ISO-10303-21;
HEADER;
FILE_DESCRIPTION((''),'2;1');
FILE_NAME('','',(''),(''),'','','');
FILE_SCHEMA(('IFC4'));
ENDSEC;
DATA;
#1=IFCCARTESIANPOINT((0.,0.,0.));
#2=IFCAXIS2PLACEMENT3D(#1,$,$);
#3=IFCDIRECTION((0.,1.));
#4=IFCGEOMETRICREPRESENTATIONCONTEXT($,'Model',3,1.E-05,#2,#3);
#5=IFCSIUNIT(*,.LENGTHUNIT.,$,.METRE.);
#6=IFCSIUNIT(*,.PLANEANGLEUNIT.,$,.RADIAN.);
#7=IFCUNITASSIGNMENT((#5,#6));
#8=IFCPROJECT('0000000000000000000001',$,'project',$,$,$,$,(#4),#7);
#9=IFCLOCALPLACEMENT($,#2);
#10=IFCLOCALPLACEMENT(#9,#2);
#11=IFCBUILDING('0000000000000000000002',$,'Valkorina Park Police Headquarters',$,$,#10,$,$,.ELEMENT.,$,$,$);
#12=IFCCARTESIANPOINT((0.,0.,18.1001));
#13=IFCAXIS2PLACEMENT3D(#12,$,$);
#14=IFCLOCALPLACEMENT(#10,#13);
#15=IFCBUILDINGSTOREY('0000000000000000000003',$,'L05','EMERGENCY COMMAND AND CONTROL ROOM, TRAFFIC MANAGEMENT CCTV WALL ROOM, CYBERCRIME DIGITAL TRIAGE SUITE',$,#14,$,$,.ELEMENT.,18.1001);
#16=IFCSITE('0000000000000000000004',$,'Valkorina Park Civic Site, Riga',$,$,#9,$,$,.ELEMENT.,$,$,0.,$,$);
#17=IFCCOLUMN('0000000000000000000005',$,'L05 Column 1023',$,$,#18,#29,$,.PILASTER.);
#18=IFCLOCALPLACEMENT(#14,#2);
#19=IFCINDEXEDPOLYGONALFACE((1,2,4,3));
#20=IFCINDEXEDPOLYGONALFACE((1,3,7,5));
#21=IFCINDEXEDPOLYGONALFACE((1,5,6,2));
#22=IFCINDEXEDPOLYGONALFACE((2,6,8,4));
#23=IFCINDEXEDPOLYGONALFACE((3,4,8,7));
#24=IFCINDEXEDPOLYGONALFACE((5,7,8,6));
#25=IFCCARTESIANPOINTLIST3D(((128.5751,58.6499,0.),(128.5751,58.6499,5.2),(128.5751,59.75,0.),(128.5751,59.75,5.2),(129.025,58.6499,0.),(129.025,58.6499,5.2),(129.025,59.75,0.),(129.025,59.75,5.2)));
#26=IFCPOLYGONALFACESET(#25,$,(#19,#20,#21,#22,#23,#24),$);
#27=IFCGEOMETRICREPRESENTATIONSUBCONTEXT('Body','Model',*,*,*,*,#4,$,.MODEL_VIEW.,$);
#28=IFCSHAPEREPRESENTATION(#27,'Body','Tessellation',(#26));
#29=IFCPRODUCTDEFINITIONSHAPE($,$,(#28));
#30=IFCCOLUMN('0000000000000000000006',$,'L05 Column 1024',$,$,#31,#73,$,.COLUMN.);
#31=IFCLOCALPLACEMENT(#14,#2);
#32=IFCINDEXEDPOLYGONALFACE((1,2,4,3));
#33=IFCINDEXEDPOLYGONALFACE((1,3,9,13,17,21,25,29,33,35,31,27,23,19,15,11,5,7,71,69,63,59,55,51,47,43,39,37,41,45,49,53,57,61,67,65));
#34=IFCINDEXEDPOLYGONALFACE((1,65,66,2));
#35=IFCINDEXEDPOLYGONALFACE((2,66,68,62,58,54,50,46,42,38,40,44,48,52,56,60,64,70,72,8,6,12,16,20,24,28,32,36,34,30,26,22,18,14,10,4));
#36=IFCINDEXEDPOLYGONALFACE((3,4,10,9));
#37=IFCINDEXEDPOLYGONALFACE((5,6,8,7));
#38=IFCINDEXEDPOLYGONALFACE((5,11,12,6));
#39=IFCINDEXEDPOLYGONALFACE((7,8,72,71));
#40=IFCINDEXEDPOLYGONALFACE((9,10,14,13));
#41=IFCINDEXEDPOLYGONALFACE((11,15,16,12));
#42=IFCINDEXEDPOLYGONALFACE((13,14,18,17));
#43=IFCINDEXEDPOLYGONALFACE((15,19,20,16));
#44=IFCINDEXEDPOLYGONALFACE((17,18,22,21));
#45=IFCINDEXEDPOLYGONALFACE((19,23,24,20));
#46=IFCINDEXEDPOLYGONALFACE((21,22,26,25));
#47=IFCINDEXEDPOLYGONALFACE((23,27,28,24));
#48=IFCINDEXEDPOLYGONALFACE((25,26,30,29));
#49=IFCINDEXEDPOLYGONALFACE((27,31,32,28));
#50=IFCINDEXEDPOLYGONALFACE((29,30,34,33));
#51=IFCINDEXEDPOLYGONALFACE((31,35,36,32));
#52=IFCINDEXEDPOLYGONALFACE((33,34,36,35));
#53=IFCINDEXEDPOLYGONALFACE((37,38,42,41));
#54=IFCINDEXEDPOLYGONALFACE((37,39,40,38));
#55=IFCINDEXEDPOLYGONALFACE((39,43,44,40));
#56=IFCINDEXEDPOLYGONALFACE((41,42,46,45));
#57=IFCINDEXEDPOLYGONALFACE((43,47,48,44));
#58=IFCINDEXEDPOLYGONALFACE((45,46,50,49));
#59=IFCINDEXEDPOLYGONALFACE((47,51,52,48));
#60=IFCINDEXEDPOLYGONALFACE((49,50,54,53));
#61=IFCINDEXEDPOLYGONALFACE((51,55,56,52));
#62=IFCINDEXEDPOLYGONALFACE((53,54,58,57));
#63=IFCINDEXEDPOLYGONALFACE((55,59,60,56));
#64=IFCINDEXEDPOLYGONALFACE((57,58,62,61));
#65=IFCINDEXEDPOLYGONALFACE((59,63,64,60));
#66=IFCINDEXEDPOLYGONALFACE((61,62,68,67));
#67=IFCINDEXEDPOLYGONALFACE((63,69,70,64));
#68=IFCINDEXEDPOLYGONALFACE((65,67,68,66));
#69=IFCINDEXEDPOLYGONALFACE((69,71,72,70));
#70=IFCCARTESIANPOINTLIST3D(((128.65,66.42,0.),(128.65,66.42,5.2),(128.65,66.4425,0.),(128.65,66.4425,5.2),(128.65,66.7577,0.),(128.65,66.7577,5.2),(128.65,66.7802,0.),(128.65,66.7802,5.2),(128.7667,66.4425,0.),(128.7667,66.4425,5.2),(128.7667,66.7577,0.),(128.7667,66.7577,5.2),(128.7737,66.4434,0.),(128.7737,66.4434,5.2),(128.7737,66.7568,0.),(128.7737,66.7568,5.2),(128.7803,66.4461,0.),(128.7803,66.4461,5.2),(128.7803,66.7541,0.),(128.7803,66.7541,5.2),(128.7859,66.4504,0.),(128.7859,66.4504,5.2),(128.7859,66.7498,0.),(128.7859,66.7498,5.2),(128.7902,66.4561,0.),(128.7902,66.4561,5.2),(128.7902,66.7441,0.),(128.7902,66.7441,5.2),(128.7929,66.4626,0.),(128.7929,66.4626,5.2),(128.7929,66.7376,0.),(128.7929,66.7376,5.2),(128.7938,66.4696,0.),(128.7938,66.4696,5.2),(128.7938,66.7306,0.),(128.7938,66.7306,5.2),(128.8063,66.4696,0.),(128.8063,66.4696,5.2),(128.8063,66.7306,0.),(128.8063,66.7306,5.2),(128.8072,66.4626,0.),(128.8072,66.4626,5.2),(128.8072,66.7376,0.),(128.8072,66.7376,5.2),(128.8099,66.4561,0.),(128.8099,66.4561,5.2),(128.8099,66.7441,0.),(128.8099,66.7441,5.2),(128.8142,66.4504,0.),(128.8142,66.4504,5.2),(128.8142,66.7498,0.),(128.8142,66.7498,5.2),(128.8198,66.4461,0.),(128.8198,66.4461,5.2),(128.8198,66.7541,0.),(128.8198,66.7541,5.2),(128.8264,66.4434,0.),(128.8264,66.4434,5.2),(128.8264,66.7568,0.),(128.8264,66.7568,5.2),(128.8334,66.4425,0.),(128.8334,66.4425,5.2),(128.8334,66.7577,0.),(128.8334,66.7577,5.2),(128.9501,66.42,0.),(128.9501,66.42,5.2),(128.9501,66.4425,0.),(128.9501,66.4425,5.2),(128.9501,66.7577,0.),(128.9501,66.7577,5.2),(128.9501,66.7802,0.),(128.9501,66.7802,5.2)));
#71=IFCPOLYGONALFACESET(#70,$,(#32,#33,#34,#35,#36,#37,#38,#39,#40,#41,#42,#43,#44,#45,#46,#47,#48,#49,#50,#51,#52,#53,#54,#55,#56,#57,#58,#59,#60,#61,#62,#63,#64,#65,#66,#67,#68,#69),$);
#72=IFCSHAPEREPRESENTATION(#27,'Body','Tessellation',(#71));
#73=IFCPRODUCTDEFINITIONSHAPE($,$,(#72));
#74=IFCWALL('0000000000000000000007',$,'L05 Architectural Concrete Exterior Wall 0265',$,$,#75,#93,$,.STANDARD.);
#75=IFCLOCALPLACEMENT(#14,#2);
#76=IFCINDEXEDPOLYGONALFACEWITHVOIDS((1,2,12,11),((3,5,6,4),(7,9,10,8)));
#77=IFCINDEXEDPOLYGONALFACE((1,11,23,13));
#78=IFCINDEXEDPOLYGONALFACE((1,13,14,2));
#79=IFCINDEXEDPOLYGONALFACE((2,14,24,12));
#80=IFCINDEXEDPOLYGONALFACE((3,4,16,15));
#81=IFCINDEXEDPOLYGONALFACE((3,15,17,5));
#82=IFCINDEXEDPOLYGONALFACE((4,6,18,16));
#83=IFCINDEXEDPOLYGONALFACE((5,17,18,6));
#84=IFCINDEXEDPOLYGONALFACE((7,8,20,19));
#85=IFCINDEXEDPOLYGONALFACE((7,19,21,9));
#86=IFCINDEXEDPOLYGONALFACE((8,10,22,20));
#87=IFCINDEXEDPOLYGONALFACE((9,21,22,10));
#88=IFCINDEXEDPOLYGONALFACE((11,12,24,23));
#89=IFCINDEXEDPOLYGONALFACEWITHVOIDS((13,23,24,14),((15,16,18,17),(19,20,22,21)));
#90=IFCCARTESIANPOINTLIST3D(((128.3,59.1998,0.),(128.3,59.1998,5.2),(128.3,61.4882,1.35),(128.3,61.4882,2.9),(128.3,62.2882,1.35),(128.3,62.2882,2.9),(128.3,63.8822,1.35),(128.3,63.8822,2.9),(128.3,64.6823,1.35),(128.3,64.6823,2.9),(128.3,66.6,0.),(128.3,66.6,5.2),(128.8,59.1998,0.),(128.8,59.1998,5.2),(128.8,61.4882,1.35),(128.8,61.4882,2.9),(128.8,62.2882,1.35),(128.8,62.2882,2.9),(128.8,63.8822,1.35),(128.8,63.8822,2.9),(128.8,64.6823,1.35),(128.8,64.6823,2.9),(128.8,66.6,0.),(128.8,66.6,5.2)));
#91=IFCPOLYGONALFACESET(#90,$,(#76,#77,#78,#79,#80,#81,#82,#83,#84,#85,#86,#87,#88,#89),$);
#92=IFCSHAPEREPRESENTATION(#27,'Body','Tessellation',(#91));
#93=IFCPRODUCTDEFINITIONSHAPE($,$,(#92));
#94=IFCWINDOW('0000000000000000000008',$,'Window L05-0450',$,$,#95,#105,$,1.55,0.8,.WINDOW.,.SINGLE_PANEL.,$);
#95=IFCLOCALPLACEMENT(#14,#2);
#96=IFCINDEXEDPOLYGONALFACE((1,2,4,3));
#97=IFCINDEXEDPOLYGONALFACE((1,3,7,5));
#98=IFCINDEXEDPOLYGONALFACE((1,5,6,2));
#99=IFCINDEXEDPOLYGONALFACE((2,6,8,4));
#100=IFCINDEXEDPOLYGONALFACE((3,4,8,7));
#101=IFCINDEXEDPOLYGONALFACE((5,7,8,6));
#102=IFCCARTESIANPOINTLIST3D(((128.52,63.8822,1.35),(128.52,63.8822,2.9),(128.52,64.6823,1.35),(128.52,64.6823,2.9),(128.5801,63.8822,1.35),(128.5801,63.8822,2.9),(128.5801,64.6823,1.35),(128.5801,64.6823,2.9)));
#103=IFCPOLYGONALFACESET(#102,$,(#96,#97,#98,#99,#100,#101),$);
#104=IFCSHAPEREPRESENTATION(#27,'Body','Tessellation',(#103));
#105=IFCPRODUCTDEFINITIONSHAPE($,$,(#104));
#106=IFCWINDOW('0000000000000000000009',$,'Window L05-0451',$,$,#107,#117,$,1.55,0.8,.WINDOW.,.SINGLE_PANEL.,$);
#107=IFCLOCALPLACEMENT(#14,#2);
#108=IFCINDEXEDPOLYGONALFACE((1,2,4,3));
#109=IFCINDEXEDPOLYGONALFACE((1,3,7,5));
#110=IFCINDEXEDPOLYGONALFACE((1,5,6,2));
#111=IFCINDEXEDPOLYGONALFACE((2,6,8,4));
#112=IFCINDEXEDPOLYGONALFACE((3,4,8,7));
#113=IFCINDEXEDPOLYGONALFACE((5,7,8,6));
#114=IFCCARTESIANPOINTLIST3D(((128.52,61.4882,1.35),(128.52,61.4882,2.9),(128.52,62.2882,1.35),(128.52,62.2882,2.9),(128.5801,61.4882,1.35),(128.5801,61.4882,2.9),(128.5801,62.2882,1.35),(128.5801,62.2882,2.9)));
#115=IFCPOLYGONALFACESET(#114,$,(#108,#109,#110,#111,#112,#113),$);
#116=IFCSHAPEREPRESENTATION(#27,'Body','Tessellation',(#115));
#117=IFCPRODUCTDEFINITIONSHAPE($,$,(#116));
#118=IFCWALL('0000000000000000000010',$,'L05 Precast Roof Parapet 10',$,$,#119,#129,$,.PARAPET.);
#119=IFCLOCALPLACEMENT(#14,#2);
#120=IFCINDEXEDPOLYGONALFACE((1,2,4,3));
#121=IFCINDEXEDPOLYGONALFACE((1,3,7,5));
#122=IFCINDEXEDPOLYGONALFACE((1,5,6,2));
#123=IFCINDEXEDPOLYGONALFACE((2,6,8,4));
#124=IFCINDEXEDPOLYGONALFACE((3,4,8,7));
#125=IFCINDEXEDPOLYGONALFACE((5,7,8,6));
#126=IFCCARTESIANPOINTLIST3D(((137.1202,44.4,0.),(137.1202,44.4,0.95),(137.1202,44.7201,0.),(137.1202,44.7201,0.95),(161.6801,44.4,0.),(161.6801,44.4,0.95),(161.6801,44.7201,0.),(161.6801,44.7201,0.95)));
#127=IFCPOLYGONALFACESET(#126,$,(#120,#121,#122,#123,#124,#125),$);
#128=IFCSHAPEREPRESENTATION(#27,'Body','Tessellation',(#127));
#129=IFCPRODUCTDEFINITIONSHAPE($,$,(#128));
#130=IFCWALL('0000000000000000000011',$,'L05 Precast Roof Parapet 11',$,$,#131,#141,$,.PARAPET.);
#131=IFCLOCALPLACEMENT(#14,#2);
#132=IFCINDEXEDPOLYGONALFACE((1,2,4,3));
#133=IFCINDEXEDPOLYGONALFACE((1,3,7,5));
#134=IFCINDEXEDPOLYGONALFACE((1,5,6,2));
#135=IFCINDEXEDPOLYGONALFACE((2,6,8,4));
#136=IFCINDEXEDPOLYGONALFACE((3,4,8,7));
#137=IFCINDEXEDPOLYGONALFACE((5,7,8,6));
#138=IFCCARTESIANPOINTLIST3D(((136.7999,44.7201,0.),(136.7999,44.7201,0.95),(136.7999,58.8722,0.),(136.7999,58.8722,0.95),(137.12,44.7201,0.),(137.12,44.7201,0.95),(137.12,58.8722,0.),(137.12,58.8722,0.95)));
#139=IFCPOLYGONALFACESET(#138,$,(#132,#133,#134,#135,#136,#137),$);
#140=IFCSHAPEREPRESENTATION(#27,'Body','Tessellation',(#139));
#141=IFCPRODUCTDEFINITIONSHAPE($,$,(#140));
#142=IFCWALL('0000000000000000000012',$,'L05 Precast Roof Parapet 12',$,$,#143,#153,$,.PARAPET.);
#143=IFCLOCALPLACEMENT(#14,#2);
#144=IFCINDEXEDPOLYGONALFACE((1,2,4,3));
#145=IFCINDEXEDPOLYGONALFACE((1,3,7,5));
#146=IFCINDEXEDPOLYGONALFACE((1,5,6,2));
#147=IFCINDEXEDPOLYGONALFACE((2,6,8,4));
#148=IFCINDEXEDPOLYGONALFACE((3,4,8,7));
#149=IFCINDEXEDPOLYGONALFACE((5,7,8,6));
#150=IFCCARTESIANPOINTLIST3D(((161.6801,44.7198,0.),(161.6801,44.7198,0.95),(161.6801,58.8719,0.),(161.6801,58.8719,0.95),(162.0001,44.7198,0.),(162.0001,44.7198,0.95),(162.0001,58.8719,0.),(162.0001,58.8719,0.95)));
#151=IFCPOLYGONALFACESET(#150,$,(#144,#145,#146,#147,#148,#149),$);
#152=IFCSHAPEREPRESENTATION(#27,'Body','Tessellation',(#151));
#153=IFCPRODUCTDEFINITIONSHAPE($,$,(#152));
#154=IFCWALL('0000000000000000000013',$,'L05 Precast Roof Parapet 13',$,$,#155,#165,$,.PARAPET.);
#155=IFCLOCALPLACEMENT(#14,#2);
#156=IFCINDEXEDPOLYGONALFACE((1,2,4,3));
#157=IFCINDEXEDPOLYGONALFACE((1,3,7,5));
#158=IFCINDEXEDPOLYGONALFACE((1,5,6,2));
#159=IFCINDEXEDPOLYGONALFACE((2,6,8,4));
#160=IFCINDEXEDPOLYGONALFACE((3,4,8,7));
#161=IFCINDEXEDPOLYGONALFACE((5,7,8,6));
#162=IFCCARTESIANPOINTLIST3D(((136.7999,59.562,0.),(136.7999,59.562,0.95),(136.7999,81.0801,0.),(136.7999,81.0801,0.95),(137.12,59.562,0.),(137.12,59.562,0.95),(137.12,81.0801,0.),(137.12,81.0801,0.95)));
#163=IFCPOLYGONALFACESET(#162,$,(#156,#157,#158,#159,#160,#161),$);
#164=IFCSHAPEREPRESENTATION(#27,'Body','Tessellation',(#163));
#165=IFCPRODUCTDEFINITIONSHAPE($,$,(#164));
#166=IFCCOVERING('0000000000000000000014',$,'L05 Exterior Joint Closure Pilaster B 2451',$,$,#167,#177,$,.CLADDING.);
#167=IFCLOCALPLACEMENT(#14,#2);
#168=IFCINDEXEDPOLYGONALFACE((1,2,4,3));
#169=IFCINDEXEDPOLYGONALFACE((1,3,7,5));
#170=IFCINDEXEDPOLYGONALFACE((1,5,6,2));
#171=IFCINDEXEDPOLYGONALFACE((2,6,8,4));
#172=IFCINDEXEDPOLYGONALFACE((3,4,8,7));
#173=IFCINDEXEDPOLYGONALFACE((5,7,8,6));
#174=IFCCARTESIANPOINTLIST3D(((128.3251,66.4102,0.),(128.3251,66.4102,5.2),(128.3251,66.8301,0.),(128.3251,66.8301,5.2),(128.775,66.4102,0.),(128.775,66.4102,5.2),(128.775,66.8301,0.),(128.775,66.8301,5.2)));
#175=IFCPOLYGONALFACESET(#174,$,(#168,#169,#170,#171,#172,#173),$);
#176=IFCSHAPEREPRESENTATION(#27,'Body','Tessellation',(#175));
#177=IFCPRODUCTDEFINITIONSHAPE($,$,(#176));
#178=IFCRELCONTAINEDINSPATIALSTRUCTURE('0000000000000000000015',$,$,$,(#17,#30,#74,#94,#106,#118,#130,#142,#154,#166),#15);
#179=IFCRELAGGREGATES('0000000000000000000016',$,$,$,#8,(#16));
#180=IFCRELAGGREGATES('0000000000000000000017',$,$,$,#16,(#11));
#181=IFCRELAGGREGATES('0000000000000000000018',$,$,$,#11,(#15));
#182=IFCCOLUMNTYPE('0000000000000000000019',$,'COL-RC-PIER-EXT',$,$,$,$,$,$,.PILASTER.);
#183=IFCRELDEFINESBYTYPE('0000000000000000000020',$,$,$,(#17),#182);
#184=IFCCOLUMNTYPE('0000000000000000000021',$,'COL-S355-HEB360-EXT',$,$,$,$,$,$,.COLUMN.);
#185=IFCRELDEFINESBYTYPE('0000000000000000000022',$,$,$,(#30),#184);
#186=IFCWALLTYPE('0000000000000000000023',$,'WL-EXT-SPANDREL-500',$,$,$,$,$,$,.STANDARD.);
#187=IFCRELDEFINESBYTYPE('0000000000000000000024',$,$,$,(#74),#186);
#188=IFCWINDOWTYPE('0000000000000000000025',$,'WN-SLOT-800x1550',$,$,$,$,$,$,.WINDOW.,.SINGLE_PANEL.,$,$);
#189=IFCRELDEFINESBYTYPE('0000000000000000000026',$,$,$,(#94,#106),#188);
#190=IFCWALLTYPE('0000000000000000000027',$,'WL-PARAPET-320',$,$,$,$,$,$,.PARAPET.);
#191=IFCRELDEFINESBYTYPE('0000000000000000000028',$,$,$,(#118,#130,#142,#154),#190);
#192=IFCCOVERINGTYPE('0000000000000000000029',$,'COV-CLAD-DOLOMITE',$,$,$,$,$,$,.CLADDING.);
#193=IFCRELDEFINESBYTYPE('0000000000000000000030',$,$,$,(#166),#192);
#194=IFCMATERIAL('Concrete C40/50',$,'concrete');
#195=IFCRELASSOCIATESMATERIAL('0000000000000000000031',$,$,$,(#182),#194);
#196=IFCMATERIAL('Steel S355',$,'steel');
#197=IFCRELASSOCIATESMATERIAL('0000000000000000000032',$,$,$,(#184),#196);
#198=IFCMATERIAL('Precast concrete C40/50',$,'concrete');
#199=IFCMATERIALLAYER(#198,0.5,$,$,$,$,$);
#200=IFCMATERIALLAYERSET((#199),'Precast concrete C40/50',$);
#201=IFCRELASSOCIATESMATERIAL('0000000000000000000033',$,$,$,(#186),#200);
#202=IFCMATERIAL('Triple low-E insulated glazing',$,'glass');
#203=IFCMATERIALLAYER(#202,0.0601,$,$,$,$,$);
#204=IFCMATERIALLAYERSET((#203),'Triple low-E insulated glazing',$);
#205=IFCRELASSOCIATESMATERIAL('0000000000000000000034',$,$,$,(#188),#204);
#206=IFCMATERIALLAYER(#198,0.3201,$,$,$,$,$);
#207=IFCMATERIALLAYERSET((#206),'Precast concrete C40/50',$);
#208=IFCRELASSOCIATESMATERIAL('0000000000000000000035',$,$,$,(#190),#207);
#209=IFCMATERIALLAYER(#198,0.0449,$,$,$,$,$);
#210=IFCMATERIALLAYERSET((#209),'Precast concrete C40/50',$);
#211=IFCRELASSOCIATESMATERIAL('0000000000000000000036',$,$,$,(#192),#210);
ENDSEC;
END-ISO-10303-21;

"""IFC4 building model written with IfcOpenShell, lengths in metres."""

from ifc_helpers import new_model, si_unit, direction, frame, frame_2d, origin, origin_2d, place, context, subcontext, project, spatial, rectangle, i_section, extrude, material, layer, layer_set, material_profile, profile_set, type_object, element, fill, save


model = new_model("IFC4")

# Units and contexts
model_context = context("Model", 3, precision=1e-05, world=origin(), true_north=direction((0.0, 1.0)))
body_context = subcontext(model_context, "Body", "Model", "MODEL_VIEW")
ifc_project = project(units=[si_unit("LENGTHUNIT", "METRE"), si_unit("PLANEANGLEUNIT", "RADIAN")], contexts=[model_context])

# Site, building, storey
site_placement = place(None, origin())
site = spatial("IfcSite", under=ifc_project, at=site_placement, Name="Valkorina Park Civic Site, Riga", CompositionType="ELEMENT", RefElevation=0.0)
building_placement = place(site_placement, origin())
building = spatial("IfcBuilding", under=site, at=building_placement, Name="Valkorina Park Police Headquarters", CompositionType="ELEMENT")
storey_placement = place(building_placement, frame((0.0, 0.0, 18.1001)))
storey = spatial("IfcBuildingStorey", under=building, at=storey_placement, Name="L05", Description="EMERGENCY COMMAND AND CONTROL ROOM, TRAFFIC MANAGEMENT CCTV WALL ROOM, CYBERCRIME DIGITAL TRIAGE SUITE", CompositionType="ELEMENT", Elevation=18.1001)

# Columns
ifc_material_1 = material(Name="Concrete C40/50", Category="concrete")
ifc_material_profile_1 = material_profile(ifc_material_1, rectangle(XDim=0.45, YDim=1.1001, at=origin_2d()), Name="RC PIER 450x1100")
ifc_profile_set_1 = profile_set([ifc_material_profile_1], Name="Concrete C40/50")
column_type_1 = type_object("IfcColumnType", Name="COL-RC-PIER-EXT", PredefinedType="PILASTER", material=ifc_profile_set_1)
column_1_placement = place(storey_placement, frame((128.8, 59.2, 0.0), z_axis=(0.0, 0.0, 1.0), x_axis=(1.0, 0.0, 0.0)))
element("IfcColumn", 1, at=column_1_placement, inside=storey, type_object=column_type_1, Name="L05 Column 1023", PredefinedType="PILASTER", context=body_context, shape_type="SweptSolid", body=[
    extrude(rectangle(XDim=0.45, YDim=1.1001, at=origin_2d()), origin(), (0.0, 0.0, 1.0), 5.2),
])
ifc_material_2 = material(Name="Steel S355", Category="steel")
ifc_material_profile_2 = material_profile(ifc_material_2, i_section(OverallWidth=0.3, OverallDepth=0.3601, WebThickness=0.0125, FlangeThickness=0.0225, FilletRadius=0.0271, at=origin_2d()), Name="HEB 360")
ifc_profile_set_2 = profile_set([ifc_material_profile_2], Name="Steel S355")
column_type_2 = type_object("IfcColumnType", Name="COL-S355-HEB360-EXT", PredefinedType="COLUMN", material=ifc_profile_set_2)
column_2_placement = place(storey_placement, frame((128.8, 66.6001, 0.0), z_axis=(0.0, 0.0, 1.0), x_axis=(1.0, 0.0, 0.0)))
element("IfcColumn", 2, at=column_2_placement, inside=storey, type_object=column_type_2, Name="L05 Column 1024", PredefinedType="COLUMN", context=body_context, shape_type="SweptSolid", body=[
    extrude(i_section(OverallWidth=0.3, OverallDepth=0.3601, WebThickness=0.0125, FlangeThickness=0.0225, FilletRadius=0.0271, at=origin_2d()), origin(), (0.0, 0.0, 1.0), 5.2),
])

# Wall, openings, windows
ifc_material_3 = material(Name="Precast concrete C40/50", Category="concrete")
ifc_layer_1 = layer(ifc_material_3, 0.5)
ifc_layer_set_1 = layer_set([ifc_layer_1], Name="Precast concrete C40/50")
wall_type_1 = type_object("IfcWallType", Name="WL-EXT-SPANDREL-500", PredefinedType="STANDARD", material=ifc_layer_set_1)
wall_1_placement = place(storey_placement, frame((128.55, 66.6001, 0.0), z_axis=(0.0, 0.0, 1.0), x_axis=(0.0, -1.0, 0.0)))
wall_1 = element("IfcWall", 3, at=wall_1_placement, inside=storey, type_object=wall_type_1, Name="L05 Architectural Concrete Exterior Wall 0265", PredefinedType="STANDARD", context=body_context, shape_type="SweptSolid", body=[
    extrude(rectangle(XDim=7.4001, YDim=0.5, at=frame_2d((3.7002, 0.0))), origin(), (0.0, 0.0, 1.0), 5.2),
])
opening_1_placement = place(wall_1_placement, frame((1.918, 0.0, 1.3501)))
opening_1 = element("IfcOpeningElement", 4, at=opening_1_placement, cuts=wall_1, PredefinedType="OPENING", context=body_context, shape_type="SweptSolid", body=[
    extrude(rectangle(XDim=0.8, YDim=1.55, at=frame_2d((0.3999, 0.7749))), frame((0.0, 0.26, 0.0), z_axis=(0.0, -1.0, 0.0), x_axis=(1.0, 0.0, 0.0)), (0.0, 0.0, 1.0), 0.52),
])
opening_2_placement = place(wall_1_placement, frame((4.312, 0.0, 1.3501)))
opening_2 = element("IfcOpeningElement", 5, at=opening_2_placement, cuts=wall_1, PredefinedType="OPENING", context=body_context, shape_type="SweptSolid", body=[
    extrude(rectangle(XDim=0.8, YDim=1.55, at=frame_2d((0.3999, 0.7749))), frame((0.0, 0.26, 0.0), z_axis=(0.0, -1.0, 0.0), x_axis=(1.0, 0.0, 0.0)), (0.0, 0.0, 1.0), 0.52),
])
ifc_material_4 = material(Name="Triple low-E insulated glazing", Category="glass")
ifc_layer_2 = layer(ifc_material_4, 0.0601)
ifc_layer_set_2 = layer_set([ifc_layer_2], Name="Triple low-E insulated glazing")
window_type = type_object("IfcWindowType", Name="WN-SLOT-800x1550", PartitioningType="SINGLE_PANEL", PredefinedType="WINDOW", material=ifc_layer_set_2)
window_1_placement = place(opening_1_placement, origin())
window_1 = element("IfcWindow", 6, at=window_1_placement, inside=storey, type_object=window_type, Name="Window L05-0450", OverallHeight=1.55, OverallWidth=0.8, PartitioningType="SINGLE_PANEL", PredefinedType="WINDOW", context=body_context, shape_type="SweptSolid", body=[
    extrude(rectangle(XDim=0.8, YDim=1.55, at=frame_2d((0.3999, 0.7749))), frame((0.0, 0.03, 0.0), z_axis=(0.0, -1.0, 0.0), x_axis=(1.0, 0.0, 0.0)), (0.0, 0.0, 1.0), 0.0601),
])
fill(opening_1, window_1)
window_2_placement = place(opening_2_placement, origin())
window_2 = element("IfcWindow", 7, at=window_2_placement, inside=storey, type_object=window_type, Name="Window L05-0451", OverallHeight=1.55, OverallWidth=0.8, PartitioningType="SINGLE_PANEL", PredefinedType="WINDOW", context=body_context, shape_type="SweptSolid", body=[
    extrude(rectangle(XDim=0.8, YDim=1.55, at=frame_2d((0.3999, 0.7749))), frame((0.0, 0.03, 0.0), z_axis=(0.0, -1.0, 0.0), x_axis=(1.0, 0.0, 0.0)), (0.0, 0.0, 1.0), 0.0601),
])
fill(opening_2, window_2)

# Walls
ifc_layer_3 = layer(ifc_material_3, 0.3201)
ifc_layer_set_3 = layer_set([ifc_layer_3], Name="Precast concrete C40/50")
wall_type_2 = type_object("IfcWallType", Name="WL-PARAPET-320", PredefinedType="PARAPET", material=ifc_layer_set_3)
wall_2_placement = place(storey_placement, frame((161.6799, 44.5601, 0.0), z_axis=(0.0, 0.0, 1.0), x_axis=(-1.0, 0.0, 0.0)))
element("IfcWall", 8, at=wall_2_placement, inside=storey, type_object=wall_type_2, Name="L05 Precast Roof Parapet 10", PredefinedType="PARAPET", context=body_context, shape_type="SweptSolid", body=[
    extrude(rectangle(XDim=24.5598, YDim=0.3201, at=frame_2d((12.2798, 0.0))), origin(), (0.0, 0.0, 1.0), 0.95),
])
for number, where, z_axis, x_axis, name in (
    (9, (136.96, 44.72, 0.0), (0.0, 0.0, 1.0), (0.0, 1.0, 0.0), "L05 Precast Roof Parapet 11"),
    (10, (161.8401, 58.8721, 0.0), (0.0, 0.0, 1.0), (0.0, -1.0, 0.0), "L05 Precast Roof Parapet 12"),
):
    element("IfcWall", number, at=place(storey_placement, frame(where, z_axis=z_axis, x_axis=x_axis)), inside=storey, type_object=wall_type_2, Name=name, PredefinedType="PARAPET", context=body_context, shape_type="SweptSolid", body=[
        extrude(rectangle(XDim=14.1521, YDim=0.3201, at=frame_2d((7.0762, 0.0))), origin(), (0.0, 0.0, 1.0), 0.95),
    ])
wall_3_placement = place(storey_placement, frame((136.96, 59.562, 0.0), z_axis=(0.0, 0.0, 1.0), x_axis=(0.0, 1.0, 0.0)))
element("IfcWall", 11, at=wall_3_placement, inside=storey, type_object=wall_type_2, Name="L05 Precast Roof Parapet 13", PredefinedType="PARAPET", context=body_context, shape_type="SweptSolid", body=[
    extrude(rectangle(XDim=21.5181, YDim=0.3201, at=frame_2d((10.759, 0.0))), origin(), (0.0, 0.0, 1.0), 0.95),
])

# Covering
ifc_layer_4 = layer(ifc_material_3, 0.0449)
ifc_layer_set_4 = layer_set([ifc_layer_4], Name="Precast concrete C40/50")
covering_type = type_object("IfcCoveringType", Name="COV-CLAD-DOLOMITE", PredefinedType="CLADDING", material=ifc_layer_set_4)
covering_1_placement = place(storey_placement, frame((128.55, 66.6201, 0.0), z_axis=(0.0, 0.0, 1.0), x_axis=(0.0, 1.0, 0.0)))
element("IfcCovering", 12, at=covering_1_placement, inside=storey, type_object=covering_type, Name="L05 Exterior Joint Closure Pilaster B 2451", PredefinedType="CLADDING", context=body_context, shape_type="SweptSolid", body=[
    extrude(rectangle(XDim=0.4199, YDim=0.45, at=origin_2d()), origin(), (0.0, 0.0, 1.0), 5.2),
])

save(model, "model.ifc")
